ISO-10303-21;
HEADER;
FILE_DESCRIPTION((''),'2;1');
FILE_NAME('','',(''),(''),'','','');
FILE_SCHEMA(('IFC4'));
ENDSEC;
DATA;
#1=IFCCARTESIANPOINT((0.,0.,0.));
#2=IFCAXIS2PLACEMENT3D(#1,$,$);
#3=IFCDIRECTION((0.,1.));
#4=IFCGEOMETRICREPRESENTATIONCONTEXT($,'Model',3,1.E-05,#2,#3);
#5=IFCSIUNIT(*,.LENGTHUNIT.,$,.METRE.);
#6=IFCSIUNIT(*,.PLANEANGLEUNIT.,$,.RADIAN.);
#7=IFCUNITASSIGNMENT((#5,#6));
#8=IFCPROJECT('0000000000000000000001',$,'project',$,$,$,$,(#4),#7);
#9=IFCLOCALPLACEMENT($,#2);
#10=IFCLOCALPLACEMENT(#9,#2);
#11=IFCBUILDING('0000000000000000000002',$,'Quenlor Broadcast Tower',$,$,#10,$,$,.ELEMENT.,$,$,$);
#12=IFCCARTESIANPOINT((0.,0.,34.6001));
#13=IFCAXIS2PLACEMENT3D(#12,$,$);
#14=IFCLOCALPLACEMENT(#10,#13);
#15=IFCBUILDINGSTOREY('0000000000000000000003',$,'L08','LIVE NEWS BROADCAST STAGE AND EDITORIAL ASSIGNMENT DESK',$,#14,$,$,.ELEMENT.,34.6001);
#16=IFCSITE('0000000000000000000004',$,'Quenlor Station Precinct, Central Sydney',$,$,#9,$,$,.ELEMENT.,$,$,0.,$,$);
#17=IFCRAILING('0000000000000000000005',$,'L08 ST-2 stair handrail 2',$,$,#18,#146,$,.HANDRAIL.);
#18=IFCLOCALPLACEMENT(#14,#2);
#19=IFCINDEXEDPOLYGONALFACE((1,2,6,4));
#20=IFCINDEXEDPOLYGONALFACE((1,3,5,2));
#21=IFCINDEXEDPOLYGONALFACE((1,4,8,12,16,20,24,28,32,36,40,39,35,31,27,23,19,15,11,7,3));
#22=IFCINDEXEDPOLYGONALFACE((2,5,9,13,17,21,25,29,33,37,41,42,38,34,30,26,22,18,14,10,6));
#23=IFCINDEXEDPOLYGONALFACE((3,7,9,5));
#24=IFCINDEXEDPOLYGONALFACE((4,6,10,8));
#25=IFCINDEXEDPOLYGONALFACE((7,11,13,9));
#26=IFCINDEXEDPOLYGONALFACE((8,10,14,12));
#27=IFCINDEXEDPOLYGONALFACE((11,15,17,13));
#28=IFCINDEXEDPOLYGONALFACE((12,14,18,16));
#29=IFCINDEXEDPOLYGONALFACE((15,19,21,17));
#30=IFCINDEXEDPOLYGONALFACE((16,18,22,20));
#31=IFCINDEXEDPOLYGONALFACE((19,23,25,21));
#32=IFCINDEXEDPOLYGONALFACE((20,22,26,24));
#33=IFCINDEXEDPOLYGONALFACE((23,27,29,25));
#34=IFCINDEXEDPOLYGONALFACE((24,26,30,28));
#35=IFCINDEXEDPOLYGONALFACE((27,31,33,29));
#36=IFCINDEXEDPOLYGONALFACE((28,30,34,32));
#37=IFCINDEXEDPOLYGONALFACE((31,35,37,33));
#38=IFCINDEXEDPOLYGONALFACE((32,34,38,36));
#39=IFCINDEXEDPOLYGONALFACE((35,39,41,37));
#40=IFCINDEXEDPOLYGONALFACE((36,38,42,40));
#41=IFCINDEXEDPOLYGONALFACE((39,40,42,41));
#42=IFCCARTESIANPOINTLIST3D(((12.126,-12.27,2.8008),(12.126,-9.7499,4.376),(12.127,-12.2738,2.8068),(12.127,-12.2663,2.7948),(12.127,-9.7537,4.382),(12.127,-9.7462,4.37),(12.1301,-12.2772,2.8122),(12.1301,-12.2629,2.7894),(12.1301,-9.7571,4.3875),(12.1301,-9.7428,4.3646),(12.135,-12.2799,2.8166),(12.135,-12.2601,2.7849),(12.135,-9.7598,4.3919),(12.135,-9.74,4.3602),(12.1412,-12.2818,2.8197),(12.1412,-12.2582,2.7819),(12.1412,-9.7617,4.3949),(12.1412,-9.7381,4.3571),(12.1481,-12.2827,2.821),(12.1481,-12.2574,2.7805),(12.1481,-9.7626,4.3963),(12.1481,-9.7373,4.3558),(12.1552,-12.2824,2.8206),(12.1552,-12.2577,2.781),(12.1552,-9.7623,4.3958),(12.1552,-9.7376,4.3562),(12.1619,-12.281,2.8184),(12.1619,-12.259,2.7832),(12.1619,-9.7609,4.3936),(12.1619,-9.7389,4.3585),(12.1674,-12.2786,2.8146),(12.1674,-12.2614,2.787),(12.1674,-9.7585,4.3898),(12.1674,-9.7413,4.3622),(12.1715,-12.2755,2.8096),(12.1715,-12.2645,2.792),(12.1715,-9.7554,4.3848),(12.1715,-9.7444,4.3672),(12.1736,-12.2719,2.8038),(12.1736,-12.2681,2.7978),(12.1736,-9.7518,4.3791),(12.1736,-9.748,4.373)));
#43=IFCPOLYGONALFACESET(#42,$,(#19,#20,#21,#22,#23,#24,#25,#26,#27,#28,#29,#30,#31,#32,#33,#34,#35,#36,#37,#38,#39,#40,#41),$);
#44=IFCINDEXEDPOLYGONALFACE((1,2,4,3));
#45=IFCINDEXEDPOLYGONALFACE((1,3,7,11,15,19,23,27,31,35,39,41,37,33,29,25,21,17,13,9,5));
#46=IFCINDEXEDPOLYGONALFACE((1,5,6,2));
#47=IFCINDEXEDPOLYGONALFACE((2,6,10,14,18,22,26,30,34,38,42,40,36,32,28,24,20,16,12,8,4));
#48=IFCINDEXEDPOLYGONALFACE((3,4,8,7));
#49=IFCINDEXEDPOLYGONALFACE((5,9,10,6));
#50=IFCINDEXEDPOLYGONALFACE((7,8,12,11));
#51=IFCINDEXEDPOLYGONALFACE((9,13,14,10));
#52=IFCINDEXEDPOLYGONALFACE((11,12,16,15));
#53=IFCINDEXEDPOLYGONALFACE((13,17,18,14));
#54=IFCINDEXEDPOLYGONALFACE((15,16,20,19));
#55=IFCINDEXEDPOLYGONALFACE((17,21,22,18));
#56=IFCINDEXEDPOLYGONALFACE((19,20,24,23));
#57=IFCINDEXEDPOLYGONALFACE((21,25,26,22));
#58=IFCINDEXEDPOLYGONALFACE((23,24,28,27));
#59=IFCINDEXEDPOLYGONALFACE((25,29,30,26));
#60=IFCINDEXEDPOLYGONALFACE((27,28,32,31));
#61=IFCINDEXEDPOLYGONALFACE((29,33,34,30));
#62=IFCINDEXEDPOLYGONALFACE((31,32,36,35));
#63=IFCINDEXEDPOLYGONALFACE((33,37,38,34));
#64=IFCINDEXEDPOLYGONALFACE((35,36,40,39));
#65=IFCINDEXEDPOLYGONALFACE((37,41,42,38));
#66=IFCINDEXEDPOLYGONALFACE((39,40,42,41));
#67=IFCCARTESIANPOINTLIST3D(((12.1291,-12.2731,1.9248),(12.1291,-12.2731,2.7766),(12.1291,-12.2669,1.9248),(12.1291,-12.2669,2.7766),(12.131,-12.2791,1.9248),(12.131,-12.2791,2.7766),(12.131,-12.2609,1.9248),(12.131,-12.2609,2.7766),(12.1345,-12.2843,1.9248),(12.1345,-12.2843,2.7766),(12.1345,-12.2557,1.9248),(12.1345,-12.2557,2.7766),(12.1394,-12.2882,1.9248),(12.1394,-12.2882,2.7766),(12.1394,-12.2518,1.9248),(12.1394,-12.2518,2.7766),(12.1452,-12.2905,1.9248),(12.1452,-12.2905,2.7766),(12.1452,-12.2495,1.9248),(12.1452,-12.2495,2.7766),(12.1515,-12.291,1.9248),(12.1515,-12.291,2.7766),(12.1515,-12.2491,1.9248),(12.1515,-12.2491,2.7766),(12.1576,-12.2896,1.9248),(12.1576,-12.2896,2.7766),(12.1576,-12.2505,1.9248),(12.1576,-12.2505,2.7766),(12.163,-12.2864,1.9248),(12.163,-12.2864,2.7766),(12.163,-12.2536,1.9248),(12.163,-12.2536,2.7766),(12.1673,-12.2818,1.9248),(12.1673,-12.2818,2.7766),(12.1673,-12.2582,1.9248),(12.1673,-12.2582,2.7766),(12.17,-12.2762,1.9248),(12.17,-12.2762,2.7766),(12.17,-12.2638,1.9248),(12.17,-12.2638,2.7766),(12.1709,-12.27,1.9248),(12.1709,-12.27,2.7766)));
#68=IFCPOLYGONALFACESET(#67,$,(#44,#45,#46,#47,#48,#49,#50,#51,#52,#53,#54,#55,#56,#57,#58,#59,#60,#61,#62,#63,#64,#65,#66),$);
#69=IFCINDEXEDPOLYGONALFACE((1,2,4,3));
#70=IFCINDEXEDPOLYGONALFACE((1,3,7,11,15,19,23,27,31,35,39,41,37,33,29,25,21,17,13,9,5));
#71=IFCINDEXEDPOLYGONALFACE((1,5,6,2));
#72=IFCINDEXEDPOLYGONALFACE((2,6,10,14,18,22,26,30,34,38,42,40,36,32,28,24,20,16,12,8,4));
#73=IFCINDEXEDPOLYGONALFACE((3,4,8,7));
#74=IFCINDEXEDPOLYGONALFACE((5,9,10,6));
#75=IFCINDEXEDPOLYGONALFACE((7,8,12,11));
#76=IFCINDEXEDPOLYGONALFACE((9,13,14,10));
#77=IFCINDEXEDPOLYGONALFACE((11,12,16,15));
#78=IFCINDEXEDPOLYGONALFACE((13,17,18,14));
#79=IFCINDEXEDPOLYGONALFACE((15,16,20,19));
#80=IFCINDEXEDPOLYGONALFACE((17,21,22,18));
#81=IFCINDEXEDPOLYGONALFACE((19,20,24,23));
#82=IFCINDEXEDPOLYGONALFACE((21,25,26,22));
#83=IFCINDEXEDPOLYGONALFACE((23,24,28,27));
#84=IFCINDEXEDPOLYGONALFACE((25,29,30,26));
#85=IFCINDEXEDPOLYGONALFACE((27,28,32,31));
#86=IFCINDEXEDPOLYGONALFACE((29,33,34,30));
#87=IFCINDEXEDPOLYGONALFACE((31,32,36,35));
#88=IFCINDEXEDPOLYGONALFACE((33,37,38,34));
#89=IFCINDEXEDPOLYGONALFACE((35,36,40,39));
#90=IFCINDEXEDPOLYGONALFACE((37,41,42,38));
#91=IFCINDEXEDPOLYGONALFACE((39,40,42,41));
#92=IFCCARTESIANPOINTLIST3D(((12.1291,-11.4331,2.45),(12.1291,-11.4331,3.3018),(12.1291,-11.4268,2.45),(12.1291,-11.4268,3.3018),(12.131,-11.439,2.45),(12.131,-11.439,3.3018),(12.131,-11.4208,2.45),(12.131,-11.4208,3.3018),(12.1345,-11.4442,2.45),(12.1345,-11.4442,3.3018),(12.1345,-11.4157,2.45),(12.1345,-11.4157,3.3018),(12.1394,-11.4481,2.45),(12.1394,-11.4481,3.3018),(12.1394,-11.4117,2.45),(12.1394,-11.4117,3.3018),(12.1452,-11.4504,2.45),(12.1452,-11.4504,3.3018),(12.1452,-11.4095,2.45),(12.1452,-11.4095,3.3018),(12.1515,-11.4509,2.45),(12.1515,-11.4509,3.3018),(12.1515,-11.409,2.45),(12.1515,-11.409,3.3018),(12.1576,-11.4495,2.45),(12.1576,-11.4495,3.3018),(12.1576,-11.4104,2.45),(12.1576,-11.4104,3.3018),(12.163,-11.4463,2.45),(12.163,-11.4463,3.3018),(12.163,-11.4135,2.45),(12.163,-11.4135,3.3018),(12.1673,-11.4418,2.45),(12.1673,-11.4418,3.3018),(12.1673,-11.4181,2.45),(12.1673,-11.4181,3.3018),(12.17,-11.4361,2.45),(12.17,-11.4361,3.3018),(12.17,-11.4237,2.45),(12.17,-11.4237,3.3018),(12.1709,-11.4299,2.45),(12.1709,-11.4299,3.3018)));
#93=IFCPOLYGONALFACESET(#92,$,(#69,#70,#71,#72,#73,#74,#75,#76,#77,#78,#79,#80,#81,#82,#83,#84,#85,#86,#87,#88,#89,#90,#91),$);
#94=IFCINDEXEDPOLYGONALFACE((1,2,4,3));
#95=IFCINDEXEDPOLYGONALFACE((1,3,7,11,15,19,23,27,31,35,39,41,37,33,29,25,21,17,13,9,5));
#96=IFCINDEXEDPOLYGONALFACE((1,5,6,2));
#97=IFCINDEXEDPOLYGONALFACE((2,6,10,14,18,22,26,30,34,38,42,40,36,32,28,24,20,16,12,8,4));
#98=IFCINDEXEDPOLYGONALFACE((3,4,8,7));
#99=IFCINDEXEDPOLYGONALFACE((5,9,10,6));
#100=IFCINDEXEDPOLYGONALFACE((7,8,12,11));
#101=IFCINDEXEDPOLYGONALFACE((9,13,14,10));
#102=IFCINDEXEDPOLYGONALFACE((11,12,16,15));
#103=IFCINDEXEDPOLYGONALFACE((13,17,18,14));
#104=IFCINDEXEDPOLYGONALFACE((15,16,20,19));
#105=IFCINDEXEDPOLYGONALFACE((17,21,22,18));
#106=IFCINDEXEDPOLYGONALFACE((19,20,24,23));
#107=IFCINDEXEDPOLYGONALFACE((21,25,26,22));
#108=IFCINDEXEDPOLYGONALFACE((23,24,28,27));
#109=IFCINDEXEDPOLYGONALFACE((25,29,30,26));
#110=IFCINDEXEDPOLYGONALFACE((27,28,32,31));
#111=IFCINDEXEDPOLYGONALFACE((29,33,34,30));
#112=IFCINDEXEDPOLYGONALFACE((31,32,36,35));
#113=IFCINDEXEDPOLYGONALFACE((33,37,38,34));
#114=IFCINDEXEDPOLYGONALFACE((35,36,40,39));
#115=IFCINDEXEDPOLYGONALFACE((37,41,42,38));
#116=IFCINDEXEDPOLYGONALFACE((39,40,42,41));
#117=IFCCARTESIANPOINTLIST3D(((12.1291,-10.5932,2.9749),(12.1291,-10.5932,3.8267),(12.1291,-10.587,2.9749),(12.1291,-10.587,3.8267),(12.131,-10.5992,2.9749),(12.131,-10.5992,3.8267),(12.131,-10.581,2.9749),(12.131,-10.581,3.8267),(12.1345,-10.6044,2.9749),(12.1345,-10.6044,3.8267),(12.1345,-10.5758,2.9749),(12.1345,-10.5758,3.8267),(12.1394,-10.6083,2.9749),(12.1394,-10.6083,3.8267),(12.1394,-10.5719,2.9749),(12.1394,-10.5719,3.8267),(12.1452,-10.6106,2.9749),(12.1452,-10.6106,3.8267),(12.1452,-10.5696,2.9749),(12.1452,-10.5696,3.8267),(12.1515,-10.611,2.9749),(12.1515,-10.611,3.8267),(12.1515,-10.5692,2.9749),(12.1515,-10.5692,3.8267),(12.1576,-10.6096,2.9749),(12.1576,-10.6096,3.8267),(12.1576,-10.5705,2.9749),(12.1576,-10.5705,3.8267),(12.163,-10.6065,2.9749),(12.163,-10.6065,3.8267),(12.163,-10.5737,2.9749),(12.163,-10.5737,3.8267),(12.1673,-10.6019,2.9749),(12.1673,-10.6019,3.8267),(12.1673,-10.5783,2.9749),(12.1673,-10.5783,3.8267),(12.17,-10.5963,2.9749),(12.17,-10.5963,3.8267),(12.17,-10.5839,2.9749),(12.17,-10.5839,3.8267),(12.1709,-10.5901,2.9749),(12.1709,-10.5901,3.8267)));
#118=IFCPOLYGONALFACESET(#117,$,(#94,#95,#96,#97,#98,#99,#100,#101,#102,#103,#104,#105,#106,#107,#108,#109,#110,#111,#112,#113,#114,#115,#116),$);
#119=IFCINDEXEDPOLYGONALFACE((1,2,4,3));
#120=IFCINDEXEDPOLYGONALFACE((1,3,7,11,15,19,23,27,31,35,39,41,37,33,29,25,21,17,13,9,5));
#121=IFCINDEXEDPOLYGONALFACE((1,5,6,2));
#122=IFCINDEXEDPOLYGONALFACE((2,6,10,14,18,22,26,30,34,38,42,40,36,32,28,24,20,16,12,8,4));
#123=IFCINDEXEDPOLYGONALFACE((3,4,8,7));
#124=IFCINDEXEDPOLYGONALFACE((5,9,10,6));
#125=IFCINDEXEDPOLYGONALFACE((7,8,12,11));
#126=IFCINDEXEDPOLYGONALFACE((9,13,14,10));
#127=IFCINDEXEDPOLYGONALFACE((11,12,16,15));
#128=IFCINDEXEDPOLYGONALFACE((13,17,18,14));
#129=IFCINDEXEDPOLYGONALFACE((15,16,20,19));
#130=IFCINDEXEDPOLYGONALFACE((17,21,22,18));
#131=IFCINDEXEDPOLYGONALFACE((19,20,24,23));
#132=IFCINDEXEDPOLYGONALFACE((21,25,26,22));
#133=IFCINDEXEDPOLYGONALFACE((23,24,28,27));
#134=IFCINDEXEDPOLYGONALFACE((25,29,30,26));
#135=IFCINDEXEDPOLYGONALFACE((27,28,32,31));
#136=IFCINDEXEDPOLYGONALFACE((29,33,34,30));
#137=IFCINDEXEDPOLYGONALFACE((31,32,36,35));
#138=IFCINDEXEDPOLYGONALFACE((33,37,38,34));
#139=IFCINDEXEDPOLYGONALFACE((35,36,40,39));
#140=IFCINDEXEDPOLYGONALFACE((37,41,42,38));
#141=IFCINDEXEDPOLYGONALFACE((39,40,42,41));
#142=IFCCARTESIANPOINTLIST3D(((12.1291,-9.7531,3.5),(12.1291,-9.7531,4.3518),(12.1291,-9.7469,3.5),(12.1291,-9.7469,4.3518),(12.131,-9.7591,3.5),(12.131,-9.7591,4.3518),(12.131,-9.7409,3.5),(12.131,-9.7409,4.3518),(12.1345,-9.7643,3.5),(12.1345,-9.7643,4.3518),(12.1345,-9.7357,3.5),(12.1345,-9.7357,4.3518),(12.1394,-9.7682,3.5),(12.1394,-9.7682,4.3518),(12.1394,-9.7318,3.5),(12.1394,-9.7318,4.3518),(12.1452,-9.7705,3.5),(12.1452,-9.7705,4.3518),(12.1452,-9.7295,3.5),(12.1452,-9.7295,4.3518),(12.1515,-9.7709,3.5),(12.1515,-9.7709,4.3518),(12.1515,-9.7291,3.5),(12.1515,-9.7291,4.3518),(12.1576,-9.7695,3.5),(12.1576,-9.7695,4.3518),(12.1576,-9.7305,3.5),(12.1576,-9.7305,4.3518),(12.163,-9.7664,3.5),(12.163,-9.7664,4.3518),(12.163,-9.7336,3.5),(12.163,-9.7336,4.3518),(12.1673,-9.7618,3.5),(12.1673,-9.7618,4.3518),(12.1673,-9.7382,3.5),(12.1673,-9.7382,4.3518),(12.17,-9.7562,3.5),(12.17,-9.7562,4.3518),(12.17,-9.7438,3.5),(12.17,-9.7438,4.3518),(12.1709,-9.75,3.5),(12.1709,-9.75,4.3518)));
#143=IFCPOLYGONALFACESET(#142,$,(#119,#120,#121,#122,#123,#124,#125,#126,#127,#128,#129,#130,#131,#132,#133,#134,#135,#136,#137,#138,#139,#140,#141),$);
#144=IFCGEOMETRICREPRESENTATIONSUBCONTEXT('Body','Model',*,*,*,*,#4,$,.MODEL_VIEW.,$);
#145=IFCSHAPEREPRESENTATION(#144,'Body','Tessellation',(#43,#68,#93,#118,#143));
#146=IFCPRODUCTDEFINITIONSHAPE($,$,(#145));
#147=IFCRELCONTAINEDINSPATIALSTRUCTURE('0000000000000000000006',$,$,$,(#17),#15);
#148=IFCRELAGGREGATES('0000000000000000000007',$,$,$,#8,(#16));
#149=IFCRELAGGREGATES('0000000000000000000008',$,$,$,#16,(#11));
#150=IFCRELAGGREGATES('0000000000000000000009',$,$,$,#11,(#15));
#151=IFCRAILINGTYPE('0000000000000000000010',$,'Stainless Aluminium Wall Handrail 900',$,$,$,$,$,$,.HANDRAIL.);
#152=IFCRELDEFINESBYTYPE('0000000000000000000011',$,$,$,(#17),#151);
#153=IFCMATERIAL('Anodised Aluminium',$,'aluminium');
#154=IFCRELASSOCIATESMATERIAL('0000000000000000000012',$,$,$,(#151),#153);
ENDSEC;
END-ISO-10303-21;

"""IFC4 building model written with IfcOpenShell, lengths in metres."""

from ifc_helpers import new_model, si_unit, direction, frame, origin, origin_2d, place, context, subcontext, project, spatial, circle, extrude, material, type_object, element, save


model = new_model("IFC4")

# Units and contexts
model_context = context("Model", 3, precision=1e-05, world=origin(), true_north=direction((0.0, 1.0)))
body_context = subcontext(model_context, "Body", "Model", "MODEL_VIEW")
ifc_project = project(units=[si_unit("LENGTHUNIT", "METRE"), si_unit("PLANEANGLEUNIT", "RADIAN")], contexts=[model_context])

# Site, building, storey
site_placement = place(None, origin())
site = spatial("IfcSite", under=ifc_project, at=site_placement, Name="Quenlor Station Precinct, Central Sydney", CompositionType="ELEMENT", RefElevation=0.0)
building_placement = place(site_placement, origin())
building = spatial("IfcBuilding", under=site, at=building_placement, Name="Quenlor Broadcast Tower", CompositionType="ELEMENT")
storey_placement = place(building_placement, frame((0.0, 0.0, 34.6001)))
storey = spatial("IfcBuildingStorey", under=building, at=storey_placement, Name="L08", Description="LIVE NEWS BROADCAST STAGE AND EDITORIAL ASSIGNMENT DESK", CompositionType="ELEMENT", Elevation=34.6001)

# Railing
ifc_material_1 = material(Name="Anodised Aluminium", Category="aluminium")
railing_type = type_object("IfcRailingType", Name="Stainless Aluminium Wall Handrail 900", PredefinedType="HANDRAIL", material=ifc_material_1)
railing_placement = place(storey_placement, frame((12.1499, -12.27, 1.9248)))
element("IfcRailing", 1, at=railing_placement, inside=storey, type_object=railing_type, Name="L08 ST-2 stair handrail 2", PredefinedType="HANDRAIL", context=body_context, shape_type="SweptSolid", body=[
    extrude(circle(Radius=0.0239, at=origin_2d()), frame((0.0, 0.0, 0.876), z_axis=(0.0, 0.847971, 0.530043), x_axis=(-1.0, 0.0, 0.0)), (0.0, 0.0, 1.0), 2.9719),
    extrude(circle(Radius=0.021, at=origin_2d()), origin(), (0.0, 0.0, 1.0), 0.8518),
    extrude(circle(Radius=0.021, at=origin_2d()), frame((0.0, 0.8401, 0.5251)), (0.0, 0.0, 1.0), 0.8518),
    extrude(circle(Radius=0.021, at=origin_2d()), frame((0.0, 1.6799, 1.05)), (0.0, 0.0, 1.0), 0.8518),
    extrude(circle(Radius=0.021, at=origin_2d()), frame((0.0, 2.52, 1.5752)), (0.0, 0.0, 1.0), 0.8518),
])

save(model, "model.ifc")
